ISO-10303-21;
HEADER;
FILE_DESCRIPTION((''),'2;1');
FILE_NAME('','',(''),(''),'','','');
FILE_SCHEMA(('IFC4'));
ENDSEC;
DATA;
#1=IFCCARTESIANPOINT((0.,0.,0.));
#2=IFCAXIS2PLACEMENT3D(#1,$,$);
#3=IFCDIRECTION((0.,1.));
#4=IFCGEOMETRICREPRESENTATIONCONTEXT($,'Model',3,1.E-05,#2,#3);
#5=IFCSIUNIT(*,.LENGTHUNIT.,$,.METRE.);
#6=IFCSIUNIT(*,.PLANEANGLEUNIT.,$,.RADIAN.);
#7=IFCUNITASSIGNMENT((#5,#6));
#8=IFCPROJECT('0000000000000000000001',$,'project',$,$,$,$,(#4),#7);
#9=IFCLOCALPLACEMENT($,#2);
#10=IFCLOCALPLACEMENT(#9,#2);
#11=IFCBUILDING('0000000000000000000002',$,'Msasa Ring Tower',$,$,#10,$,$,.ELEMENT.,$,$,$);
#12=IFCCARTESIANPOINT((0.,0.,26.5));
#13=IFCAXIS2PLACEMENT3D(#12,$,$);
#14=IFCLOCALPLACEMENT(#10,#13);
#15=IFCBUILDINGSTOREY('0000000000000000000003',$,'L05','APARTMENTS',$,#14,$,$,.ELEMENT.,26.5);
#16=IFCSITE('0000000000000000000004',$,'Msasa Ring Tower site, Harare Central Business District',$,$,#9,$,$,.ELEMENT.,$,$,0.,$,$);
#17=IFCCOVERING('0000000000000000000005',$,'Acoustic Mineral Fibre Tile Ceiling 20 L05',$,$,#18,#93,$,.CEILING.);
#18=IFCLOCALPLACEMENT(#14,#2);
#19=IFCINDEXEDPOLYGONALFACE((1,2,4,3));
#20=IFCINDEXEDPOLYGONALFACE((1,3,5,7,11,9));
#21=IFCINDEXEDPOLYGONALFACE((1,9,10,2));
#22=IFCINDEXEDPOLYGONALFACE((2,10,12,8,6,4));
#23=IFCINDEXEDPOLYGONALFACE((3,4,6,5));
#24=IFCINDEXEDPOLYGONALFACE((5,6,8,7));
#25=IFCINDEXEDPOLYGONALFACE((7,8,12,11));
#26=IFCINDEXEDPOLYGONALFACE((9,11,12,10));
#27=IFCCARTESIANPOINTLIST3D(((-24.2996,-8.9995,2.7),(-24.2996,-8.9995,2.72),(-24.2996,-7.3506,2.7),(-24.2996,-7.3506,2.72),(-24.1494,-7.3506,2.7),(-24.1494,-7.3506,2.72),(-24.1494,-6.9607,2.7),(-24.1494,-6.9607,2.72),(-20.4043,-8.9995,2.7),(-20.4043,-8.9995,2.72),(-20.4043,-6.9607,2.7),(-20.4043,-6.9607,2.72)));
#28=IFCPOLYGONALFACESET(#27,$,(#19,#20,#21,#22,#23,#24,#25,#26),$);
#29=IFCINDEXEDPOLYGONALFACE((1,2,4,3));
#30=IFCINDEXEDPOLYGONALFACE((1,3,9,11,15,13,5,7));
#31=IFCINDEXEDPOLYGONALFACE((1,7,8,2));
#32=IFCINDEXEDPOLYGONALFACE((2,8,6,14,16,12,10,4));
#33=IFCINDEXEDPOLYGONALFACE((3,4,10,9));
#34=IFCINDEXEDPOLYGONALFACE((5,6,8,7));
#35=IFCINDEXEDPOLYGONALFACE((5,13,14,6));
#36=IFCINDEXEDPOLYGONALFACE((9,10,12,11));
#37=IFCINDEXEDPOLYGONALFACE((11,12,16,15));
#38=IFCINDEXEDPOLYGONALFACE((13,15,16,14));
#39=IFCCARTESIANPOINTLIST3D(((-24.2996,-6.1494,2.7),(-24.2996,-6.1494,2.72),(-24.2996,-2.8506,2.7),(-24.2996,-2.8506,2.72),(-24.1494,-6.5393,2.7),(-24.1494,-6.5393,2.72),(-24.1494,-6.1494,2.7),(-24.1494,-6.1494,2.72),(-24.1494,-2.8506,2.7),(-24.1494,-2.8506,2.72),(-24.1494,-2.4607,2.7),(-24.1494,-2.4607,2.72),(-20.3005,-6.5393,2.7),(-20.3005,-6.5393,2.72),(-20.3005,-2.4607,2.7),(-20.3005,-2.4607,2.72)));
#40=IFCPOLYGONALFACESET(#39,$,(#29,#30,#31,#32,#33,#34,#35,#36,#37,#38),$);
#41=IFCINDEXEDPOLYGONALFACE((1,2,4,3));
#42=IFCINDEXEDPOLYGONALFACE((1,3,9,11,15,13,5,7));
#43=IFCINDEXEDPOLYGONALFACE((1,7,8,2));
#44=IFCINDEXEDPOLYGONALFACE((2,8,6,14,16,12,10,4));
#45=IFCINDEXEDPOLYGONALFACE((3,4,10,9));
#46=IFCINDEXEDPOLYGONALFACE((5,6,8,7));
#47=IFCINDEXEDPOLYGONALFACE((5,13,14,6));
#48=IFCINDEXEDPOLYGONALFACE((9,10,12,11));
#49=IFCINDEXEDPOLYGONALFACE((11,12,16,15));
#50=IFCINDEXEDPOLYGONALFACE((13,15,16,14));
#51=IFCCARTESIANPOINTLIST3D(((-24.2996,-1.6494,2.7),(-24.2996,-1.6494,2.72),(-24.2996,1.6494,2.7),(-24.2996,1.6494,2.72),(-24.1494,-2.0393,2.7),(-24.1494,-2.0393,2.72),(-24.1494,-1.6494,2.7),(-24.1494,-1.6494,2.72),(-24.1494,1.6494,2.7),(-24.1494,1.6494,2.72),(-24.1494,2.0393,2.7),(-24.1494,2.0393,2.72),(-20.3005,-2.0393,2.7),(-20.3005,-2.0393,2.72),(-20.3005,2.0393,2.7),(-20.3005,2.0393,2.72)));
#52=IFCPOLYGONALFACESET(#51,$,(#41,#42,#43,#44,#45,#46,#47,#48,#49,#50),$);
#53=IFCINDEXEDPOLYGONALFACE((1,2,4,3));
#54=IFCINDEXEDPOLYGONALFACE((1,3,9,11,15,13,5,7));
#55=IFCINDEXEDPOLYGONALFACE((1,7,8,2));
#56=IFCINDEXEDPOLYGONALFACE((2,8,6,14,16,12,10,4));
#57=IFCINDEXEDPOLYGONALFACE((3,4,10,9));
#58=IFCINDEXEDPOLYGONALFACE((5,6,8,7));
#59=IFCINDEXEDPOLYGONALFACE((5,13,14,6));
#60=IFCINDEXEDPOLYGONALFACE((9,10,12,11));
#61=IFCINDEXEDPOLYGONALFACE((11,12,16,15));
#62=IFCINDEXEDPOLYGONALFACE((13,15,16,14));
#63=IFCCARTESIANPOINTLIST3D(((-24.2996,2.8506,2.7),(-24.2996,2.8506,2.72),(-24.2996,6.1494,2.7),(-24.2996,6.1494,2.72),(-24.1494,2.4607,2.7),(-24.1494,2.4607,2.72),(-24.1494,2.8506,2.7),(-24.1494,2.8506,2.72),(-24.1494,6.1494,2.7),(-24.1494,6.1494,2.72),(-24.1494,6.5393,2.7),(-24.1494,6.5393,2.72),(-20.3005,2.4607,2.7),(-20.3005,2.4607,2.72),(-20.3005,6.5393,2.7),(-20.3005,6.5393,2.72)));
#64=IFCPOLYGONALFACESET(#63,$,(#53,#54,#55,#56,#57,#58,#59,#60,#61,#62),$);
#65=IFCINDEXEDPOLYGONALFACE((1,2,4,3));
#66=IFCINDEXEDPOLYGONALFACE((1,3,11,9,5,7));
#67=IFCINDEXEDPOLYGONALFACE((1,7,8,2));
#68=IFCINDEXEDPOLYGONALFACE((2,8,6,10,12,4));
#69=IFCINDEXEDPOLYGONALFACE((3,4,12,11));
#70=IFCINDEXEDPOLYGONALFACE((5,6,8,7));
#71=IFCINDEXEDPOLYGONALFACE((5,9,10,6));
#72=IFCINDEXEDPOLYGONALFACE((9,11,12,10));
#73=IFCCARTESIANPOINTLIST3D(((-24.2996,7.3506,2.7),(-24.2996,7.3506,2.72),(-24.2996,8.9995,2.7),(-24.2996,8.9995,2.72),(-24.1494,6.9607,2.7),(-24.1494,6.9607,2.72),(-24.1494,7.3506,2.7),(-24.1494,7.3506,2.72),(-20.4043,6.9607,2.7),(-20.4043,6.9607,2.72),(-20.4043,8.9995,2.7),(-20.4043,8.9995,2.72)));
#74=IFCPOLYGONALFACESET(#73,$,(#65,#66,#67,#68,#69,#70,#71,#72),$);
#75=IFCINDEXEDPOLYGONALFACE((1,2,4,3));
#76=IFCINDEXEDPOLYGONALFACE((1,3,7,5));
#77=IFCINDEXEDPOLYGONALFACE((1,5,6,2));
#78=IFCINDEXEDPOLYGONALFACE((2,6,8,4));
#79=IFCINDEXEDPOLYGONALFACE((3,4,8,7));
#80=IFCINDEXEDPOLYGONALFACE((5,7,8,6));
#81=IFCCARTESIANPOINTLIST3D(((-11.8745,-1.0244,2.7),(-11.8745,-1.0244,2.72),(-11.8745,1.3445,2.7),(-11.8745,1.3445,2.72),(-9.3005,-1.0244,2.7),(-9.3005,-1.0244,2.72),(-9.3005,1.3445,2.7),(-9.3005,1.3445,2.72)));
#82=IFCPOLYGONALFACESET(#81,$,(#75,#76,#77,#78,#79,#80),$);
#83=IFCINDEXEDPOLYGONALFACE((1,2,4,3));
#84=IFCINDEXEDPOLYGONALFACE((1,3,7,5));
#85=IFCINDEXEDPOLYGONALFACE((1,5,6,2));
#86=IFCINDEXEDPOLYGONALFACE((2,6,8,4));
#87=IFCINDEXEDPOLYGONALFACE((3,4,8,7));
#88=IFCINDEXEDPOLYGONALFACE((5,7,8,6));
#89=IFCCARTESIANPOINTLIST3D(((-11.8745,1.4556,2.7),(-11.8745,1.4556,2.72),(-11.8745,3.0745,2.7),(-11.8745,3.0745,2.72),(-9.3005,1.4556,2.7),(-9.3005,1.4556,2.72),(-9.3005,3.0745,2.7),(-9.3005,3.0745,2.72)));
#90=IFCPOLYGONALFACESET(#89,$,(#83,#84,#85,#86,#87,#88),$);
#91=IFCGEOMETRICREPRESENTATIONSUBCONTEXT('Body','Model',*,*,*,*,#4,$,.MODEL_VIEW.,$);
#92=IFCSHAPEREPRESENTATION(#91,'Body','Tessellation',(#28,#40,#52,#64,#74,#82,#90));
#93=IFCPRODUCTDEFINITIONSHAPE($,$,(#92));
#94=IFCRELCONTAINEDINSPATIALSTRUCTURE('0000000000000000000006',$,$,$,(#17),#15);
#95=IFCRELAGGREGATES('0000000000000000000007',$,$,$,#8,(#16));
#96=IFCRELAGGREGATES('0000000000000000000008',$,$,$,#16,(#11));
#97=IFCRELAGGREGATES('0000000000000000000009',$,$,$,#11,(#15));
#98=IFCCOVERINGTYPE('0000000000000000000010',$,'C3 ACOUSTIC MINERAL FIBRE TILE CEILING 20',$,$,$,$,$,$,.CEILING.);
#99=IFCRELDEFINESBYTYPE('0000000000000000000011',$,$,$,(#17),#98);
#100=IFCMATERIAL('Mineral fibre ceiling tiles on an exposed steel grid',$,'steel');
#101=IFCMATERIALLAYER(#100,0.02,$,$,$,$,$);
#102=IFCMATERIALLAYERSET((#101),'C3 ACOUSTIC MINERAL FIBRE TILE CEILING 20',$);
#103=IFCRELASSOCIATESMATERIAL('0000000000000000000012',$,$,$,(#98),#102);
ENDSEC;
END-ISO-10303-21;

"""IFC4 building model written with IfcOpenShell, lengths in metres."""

from ifc_helpers import new_model, si_unit, direction, frame, origin, place, context, subcontext, project, spatial, line, indexed_curve, outline, extrude, material, layer, layer_set, type_object, element, save


model = new_model("IFC4")

# Units and contexts
model_context = context("Model", 3, precision=1e-05, world=origin(), true_north=direction((0.0, 1.0)))
body_context = subcontext(model_context, "Body", "Model", "MODEL_VIEW")
ifc_project = project(units=[si_unit("LENGTHUNIT", "METRE"), si_unit("PLANEANGLEUNIT", "RADIAN")], contexts=[model_context])

# Site, building, storey
site_placement = place(None, origin())
site = spatial("IfcSite", under=ifc_project, at=site_placement, Name="Msasa Ring Tower site, Harare Central Business District", CompositionType="ELEMENT", RefElevation=0.0)
building_placement = place(site_placement, origin())
building = spatial("IfcBuilding", under=site, at=building_placement, Name="Msasa Ring Tower", CompositionType="ELEMENT")
storey_placement = place(building_placement, frame((0.0, 0.0, 26.5)))
storey = spatial("IfcBuildingStorey", under=building, at=storey_placement, Name="L05", Description="APARTMENTS", CompositionType="ELEMENT", Elevation=26.5)

# Covering
ifc_material_1 = material(Name="Mineral fibre ceiling tiles on an exposed steel grid", Category="steel")
ifc_layer_1 = layer(ifc_material_1, 0.02)
ifc_layer_set_1 = layer_set([ifc_layer_1], Name="C3 ACOUSTIC MINERAL FIBRE TILE CEILING 20")
covering_type_1 = type_object("IfcCoveringType", Name="C3 ACOUSTIC MINERAL FIBRE TILE CEILING 20", PredefinedType="CEILING", material=ifc_layer_set_1)
covering_1_placement = place(storey_placement, frame((0.0, 0.0, 2.7)))
element("IfcCovering", 1, at=covering_1_placement, inside=storey, type_object=covering_type_1, Name="Acoustic Mineral Fibre Tile Ceiling 20 L05", PredefinedType="CEILING", context=body_context, shape_type="SweptSolid", body=[
    extrude(outline(indexed_curve([(-24.2996, -8.9995), (-24.2996, -7.3506), (-24.1494, -7.3506), (-24.1494, -6.9607), (-20.4043, -6.9607), (-20.4043, -8.9995)], segments=[line(1, 2, 3, 4, 5, 6, 1)], self_intersect=False)), origin(), (0.0, 0.0, 1.0), 0.02),
    extrude(outline(indexed_curve([(-24.2996, -2.8506), (-24.1494, -2.8506), (-24.1494, -2.4607), (-20.3005, -2.4607), (-20.3005, -6.5393), (-24.1494, -6.5393), (-24.1494, -6.1494), (-24.2996, -6.1494)], segments=[line(1, 2, 3, 4, 5, 6, 7, 8, 1)], self_intersect=False)), origin(), (0.0, 0.0, 1.0), 0.02),
    extrude(outline(indexed_curve([(-24.2996, 1.6494), (-24.1494, 1.6494), (-24.1494, 2.0393), (-20.3005, 2.0393), (-20.3005, -2.0393), (-24.1494, -2.0393), (-24.1494, -1.6494), (-24.2996, -1.6494)], segments=[line(1, 2, 3, 4, 5, 6, 7, 8, 1)], self_intersect=False)), origin(), (0.0, 0.0, 1.0), 0.02),
    extrude(outline(indexed_curve([(-24.2996, 6.1494), (-24.1494, 6.1494), (-24.1494, 6.5393), (-20.3005, 6.5393), (-20.3005, 2.4607), (-24.1494, 2.4607), (-24.1494, 2.8506), (-24.2996, 2.8506)], segments=[line(1, 2, 3, 4, 5, 6, 7, 8, 1)], self_intersect=False)), origin(), (0.0, 0.0, 1.0), 0.02),
    extrude(outline(indexed_curve([(-24.2996, 8.9995), (-20.4043, 8.9995), (-20.4043, 6.9607), (-24.1494, 6.9607), (-24.1494, 7.3506), (-24.2996, 7.3506)], segments=[line(1, 2, 3, 4, 5, 6, 1)], self_intersect=False)), origin(), (0.0, 0.0, 1.0), 0.02),
    extrude(outline(indexed_curve([(-9.3005, -1.0244), (-11.8745, -1.0244), (-11.8745, 1.3445), (-9.3005, 1.3445)], segments=[line(1, 2, 3, 4, 1)], self_intersect=False)), origin(), (0.0, 0.0, 1.0), 0.02),
    extrude(outline(indexed_curve([(-9.3005, 1.4556), (-11.8745, 1.4556), (-11.8745, 3.0745), (-9.3005, 3.0745)], segments=[line(1, 2, 3, 4, 1)], self_intersect=False)), origin(), (0.0, 0.0, 1.0), 0.02),
])

save(model, "model.ifc")
